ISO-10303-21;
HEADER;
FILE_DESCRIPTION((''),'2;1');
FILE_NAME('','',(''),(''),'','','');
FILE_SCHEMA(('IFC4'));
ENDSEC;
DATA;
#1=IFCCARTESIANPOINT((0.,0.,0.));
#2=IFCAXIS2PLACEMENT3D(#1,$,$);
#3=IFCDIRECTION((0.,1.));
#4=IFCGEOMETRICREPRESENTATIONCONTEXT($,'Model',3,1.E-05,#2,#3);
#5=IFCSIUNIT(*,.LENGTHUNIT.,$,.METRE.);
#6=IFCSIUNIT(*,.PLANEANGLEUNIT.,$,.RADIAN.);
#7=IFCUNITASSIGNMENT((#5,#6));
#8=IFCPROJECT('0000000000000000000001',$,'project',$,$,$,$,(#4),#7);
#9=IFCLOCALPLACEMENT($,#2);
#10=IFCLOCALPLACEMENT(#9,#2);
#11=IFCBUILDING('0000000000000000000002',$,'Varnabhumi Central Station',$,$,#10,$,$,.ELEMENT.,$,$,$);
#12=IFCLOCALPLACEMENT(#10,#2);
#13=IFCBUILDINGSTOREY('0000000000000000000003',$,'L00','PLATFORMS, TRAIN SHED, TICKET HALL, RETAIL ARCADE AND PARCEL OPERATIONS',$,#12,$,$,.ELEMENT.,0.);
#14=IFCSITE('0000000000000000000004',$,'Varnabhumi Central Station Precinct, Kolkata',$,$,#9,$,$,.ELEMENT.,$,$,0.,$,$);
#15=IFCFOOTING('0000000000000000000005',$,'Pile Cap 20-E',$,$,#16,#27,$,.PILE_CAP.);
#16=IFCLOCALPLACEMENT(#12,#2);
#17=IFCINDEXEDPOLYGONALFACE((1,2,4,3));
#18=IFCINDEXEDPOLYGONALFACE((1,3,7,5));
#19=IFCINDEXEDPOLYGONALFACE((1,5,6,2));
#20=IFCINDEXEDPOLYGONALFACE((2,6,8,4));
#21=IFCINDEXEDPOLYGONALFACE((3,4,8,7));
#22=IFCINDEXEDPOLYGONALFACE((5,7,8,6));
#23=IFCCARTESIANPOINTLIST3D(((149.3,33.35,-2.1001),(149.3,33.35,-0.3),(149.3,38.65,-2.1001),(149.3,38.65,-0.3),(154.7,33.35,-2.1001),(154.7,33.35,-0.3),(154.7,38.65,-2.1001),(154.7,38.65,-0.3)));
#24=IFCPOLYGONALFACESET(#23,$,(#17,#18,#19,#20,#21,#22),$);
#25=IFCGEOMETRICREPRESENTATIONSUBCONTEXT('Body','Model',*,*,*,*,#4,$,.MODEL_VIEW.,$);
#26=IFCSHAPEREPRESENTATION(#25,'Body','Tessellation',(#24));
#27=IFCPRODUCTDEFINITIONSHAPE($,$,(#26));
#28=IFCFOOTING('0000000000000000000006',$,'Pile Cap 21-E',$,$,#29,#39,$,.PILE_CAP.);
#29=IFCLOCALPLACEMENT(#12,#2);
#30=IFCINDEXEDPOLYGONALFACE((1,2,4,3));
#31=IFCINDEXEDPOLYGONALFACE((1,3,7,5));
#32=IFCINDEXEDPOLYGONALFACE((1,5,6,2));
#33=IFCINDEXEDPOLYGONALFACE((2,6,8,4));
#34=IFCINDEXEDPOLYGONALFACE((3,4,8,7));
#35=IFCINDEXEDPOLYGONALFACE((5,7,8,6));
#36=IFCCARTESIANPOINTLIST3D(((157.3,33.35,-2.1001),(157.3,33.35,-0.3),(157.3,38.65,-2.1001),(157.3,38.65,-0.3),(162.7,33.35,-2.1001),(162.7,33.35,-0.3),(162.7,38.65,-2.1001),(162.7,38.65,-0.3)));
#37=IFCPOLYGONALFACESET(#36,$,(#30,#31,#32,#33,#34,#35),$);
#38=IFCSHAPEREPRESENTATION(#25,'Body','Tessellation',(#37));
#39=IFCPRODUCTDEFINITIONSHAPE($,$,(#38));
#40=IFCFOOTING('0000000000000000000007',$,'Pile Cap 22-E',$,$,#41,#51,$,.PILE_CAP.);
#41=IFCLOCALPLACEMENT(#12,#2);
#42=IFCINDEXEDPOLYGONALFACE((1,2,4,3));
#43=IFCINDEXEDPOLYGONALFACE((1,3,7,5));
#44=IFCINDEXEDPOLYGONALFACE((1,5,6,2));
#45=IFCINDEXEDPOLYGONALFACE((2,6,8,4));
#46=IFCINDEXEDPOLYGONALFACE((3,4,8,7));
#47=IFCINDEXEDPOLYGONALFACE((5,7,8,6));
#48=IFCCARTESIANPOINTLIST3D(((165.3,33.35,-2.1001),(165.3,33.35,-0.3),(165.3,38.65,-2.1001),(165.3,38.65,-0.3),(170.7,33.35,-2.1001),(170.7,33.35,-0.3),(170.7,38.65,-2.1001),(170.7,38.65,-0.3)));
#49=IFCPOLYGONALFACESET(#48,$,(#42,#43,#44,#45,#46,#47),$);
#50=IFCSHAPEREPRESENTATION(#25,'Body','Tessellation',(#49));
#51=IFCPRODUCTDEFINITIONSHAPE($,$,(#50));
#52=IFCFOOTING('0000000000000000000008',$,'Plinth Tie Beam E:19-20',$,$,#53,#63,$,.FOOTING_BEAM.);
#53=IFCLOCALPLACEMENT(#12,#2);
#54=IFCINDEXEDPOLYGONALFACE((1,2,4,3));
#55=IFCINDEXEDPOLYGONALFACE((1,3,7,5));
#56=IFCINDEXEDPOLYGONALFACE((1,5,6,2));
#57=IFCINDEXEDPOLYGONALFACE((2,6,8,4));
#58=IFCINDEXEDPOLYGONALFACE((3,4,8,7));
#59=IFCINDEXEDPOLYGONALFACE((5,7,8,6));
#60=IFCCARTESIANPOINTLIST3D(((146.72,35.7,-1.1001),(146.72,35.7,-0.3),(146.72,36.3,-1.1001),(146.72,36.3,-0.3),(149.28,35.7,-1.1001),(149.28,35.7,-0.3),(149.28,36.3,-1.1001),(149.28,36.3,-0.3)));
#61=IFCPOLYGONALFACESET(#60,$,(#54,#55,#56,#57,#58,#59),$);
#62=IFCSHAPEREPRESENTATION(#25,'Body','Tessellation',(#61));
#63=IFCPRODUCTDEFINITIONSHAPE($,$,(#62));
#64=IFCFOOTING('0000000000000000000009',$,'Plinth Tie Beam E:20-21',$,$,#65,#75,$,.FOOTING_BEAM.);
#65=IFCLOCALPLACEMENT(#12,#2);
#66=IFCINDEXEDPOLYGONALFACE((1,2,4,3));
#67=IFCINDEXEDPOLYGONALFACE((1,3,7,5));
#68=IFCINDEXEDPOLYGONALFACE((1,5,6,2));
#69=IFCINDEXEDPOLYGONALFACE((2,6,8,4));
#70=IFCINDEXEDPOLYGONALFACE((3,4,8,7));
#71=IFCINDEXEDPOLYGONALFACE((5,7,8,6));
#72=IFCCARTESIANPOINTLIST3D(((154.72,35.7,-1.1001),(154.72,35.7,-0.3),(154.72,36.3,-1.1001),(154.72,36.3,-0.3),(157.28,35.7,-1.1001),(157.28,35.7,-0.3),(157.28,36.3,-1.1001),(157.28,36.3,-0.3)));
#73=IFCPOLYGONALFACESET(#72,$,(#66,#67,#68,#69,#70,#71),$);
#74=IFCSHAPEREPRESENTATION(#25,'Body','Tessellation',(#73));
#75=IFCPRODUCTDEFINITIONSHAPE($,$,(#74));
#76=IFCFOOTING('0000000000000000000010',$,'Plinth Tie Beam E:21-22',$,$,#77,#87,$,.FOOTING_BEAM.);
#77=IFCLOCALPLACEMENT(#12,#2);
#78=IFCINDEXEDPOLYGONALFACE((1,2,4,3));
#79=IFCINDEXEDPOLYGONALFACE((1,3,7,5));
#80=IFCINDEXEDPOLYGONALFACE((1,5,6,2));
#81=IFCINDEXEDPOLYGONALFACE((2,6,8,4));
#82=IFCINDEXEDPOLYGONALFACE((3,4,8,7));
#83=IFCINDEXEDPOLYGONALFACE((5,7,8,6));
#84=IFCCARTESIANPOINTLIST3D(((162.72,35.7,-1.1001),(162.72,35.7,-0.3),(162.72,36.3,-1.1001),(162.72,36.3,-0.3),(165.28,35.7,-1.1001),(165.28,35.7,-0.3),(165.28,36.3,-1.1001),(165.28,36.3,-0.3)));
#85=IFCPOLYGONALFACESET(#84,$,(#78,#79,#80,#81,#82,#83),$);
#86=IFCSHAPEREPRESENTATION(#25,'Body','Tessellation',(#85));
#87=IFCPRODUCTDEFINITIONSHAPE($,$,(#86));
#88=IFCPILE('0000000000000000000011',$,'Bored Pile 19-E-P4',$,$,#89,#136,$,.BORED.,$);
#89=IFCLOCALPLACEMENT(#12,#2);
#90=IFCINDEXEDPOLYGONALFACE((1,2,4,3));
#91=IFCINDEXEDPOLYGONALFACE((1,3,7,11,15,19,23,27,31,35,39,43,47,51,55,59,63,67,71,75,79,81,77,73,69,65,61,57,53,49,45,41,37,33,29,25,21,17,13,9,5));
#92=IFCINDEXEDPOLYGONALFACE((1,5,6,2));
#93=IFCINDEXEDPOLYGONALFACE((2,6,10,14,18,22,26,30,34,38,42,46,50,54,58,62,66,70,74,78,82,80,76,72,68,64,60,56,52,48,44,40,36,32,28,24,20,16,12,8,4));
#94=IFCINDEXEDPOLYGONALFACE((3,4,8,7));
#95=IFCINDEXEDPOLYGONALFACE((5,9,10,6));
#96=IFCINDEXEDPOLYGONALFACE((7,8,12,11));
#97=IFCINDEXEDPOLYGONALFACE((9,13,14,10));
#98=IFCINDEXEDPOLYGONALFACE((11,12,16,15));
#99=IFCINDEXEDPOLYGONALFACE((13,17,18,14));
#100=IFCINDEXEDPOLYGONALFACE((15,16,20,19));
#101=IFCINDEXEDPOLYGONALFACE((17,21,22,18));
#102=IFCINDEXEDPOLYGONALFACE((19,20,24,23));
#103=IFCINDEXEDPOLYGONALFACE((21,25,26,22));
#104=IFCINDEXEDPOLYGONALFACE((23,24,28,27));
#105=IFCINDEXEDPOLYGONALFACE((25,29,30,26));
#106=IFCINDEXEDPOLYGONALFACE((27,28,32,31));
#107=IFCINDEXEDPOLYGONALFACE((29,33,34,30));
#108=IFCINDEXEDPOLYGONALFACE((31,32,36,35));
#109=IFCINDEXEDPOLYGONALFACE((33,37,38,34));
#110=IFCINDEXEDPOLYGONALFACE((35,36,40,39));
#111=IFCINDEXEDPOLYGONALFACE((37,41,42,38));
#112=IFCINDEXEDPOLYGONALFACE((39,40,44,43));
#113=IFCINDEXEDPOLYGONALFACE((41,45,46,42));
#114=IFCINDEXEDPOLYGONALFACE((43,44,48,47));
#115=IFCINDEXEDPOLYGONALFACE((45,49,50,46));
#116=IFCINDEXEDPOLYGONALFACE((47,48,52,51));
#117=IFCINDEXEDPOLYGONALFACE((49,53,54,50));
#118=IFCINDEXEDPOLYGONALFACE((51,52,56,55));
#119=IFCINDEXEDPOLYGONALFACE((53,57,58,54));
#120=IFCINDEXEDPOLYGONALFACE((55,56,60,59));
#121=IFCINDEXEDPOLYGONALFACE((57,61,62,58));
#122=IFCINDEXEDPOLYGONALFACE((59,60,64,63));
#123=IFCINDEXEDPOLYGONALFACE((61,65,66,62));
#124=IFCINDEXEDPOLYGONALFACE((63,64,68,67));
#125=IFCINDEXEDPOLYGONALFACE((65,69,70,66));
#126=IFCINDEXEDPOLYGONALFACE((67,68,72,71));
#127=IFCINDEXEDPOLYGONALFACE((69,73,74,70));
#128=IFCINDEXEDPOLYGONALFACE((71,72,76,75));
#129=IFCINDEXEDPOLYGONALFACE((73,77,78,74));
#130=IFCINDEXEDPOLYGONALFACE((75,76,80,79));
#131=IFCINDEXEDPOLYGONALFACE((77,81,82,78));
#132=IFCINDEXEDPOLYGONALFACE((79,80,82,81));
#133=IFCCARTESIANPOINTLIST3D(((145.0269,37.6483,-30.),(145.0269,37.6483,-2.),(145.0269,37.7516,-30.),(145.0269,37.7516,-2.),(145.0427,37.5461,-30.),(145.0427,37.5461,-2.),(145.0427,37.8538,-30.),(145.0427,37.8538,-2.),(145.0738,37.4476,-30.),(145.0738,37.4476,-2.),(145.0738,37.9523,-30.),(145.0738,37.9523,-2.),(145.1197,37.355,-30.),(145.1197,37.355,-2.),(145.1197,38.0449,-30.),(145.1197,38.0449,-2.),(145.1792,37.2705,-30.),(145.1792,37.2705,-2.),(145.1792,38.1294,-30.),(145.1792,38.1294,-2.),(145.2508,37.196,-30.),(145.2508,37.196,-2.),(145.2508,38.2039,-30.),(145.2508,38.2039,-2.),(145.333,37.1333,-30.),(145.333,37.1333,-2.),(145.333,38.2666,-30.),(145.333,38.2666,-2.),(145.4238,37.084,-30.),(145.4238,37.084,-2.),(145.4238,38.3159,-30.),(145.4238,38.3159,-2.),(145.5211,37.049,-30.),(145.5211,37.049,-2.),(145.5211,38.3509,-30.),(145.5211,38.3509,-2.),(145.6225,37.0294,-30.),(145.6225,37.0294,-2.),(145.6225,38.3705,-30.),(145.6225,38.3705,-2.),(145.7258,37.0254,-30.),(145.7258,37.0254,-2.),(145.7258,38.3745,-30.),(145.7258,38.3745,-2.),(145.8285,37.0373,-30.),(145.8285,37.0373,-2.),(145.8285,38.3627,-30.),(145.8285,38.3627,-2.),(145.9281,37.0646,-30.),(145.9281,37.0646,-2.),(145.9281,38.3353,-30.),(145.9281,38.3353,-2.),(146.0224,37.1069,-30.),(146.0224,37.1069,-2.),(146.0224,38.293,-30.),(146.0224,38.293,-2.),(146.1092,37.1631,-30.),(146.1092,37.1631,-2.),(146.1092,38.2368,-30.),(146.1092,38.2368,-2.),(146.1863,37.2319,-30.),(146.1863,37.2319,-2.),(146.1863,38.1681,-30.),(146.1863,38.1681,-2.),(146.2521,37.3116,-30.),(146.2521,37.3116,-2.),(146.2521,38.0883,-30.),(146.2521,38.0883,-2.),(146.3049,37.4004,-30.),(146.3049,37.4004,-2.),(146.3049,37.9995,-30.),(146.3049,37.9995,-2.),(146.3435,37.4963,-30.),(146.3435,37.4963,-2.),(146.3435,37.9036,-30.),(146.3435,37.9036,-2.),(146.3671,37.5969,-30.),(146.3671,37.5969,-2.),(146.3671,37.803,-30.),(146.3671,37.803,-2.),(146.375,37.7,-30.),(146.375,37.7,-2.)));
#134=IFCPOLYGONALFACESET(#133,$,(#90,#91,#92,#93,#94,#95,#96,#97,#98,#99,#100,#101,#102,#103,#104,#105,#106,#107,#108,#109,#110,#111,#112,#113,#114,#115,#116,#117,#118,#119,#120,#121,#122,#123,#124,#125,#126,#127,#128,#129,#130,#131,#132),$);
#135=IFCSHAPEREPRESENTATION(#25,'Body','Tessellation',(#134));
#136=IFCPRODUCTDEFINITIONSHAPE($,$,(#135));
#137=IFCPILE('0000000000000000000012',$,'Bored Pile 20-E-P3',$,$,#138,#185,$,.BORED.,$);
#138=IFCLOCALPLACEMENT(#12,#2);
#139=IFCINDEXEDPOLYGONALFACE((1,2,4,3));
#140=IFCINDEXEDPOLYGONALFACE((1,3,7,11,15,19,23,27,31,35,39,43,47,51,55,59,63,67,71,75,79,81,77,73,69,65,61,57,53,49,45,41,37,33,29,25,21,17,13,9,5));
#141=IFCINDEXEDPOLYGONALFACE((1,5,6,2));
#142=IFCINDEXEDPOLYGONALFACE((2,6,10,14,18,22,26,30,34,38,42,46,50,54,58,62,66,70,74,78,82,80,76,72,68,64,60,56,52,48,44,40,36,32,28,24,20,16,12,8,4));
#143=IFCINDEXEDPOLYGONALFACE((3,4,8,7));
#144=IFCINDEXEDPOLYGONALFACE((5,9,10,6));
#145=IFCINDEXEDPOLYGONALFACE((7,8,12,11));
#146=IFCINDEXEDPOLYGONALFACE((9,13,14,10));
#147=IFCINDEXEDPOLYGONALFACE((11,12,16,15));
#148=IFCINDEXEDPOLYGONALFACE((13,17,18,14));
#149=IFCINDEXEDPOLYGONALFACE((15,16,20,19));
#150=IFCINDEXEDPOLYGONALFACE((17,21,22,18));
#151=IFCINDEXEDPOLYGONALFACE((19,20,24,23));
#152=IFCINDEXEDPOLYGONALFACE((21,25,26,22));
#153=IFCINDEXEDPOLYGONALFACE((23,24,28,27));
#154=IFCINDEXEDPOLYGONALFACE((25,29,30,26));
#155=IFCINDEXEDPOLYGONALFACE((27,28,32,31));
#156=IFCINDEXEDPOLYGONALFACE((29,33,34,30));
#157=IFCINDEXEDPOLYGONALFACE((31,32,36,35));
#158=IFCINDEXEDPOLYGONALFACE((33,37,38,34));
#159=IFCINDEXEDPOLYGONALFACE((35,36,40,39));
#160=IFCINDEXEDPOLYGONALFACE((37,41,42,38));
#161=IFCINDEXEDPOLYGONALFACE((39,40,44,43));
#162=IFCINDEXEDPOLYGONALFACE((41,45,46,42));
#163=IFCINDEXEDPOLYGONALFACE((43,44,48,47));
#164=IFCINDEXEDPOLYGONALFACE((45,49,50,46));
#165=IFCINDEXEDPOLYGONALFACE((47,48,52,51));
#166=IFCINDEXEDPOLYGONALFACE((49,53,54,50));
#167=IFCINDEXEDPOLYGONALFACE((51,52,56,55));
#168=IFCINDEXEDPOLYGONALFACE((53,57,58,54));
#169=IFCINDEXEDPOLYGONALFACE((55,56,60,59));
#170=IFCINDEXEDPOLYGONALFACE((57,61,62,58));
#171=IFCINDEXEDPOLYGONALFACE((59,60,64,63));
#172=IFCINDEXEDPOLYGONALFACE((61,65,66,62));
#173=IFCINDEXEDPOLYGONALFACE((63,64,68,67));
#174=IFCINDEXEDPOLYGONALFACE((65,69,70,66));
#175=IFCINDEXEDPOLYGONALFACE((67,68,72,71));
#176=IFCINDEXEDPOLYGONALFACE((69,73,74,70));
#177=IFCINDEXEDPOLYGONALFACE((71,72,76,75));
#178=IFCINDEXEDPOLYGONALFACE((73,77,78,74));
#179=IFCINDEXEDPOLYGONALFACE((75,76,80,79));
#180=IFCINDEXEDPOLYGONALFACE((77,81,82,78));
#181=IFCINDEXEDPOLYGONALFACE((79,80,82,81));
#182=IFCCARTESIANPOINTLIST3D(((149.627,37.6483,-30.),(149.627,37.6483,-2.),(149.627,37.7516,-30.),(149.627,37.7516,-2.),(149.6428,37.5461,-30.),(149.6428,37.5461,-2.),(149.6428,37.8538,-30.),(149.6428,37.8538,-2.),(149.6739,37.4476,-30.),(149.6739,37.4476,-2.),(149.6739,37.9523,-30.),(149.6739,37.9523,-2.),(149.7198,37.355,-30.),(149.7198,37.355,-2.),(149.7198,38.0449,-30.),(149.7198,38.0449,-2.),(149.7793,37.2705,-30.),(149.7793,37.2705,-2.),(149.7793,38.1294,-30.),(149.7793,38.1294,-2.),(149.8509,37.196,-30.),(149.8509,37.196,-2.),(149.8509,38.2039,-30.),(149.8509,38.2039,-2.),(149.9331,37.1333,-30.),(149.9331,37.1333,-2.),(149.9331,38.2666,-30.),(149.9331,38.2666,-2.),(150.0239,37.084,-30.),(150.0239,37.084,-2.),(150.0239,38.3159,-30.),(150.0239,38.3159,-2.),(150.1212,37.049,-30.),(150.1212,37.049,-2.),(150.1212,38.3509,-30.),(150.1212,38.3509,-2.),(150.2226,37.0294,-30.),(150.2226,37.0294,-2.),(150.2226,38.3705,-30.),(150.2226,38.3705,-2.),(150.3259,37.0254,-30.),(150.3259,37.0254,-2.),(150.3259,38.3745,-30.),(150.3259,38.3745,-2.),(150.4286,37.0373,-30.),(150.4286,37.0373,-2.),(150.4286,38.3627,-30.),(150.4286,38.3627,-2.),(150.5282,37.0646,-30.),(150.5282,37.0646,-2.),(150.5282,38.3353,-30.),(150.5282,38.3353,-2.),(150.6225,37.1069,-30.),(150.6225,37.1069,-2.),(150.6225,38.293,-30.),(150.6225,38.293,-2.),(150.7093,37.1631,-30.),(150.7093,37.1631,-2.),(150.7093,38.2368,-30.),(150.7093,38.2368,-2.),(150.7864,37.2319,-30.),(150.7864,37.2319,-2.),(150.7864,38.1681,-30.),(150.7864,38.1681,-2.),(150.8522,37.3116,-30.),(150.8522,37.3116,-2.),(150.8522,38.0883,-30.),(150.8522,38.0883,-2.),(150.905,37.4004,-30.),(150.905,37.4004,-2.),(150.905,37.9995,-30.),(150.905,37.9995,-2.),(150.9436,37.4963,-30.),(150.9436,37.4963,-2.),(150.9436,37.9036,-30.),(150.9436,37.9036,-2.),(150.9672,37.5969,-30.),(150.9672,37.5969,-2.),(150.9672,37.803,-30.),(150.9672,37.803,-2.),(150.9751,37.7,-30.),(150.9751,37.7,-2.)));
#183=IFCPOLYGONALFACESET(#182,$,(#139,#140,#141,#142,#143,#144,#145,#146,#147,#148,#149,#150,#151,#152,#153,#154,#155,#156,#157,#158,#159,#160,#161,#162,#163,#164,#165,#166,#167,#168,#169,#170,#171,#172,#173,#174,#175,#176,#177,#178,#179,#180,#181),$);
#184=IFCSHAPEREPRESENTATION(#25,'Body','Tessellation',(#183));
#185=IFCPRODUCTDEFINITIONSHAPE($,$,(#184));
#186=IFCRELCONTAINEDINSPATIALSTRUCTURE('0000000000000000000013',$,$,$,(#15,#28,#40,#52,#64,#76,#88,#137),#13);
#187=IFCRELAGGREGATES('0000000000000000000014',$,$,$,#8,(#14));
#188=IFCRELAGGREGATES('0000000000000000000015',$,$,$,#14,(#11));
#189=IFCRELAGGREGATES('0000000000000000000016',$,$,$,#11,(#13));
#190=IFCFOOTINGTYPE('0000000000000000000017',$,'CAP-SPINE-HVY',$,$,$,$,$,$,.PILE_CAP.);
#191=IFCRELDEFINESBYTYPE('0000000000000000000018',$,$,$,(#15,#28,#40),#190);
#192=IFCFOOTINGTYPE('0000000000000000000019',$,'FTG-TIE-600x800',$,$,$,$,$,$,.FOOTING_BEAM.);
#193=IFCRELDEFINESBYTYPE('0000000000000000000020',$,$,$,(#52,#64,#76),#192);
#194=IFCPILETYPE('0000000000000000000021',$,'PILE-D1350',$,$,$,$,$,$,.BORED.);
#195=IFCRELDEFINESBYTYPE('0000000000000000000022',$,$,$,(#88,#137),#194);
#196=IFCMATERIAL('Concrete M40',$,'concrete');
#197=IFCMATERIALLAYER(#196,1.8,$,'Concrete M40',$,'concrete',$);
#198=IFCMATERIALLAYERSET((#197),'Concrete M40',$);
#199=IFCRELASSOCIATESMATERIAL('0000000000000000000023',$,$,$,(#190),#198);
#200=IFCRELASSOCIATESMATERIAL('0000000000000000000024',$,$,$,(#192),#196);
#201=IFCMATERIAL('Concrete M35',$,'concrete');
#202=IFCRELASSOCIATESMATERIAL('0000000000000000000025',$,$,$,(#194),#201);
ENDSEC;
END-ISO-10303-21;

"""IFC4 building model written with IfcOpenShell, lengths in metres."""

from ifc_helpers import new_model, si_unit, direction, frame, origin, origin_2d, place, context, subcontext, project, spatial, rectangle, circle, extrude, material, layer, layer_set, material_profile, profile_set, type_object, element, save


model = new_model("IFC4")

# Units and contexts
model_context = context("Model", 3, precision=1e-05, world=origin(), true_north=direction((0.0, 1.0)))
body_context = subcontext(model_context, "Body", "Model", "MODEL_VIEW")
ifc_project = project(units=[si_unit("LENGTHUNIT", "METRE"), si_unit("PLANEANGLEUNIT", "RADIAN")], contexts=[model_context])

# Site, building, storey
site_placement = place(None, origin())
site = spatial("IfcSite", under=ifc_project, at=site_placement, Name="Varnabhumi Central Station Precinct, Kolkata", CompositionType="ELEMENT", RefElevation=0.0)
building_placement = place(site_placement, origin())
building = spatial("IfcBuilding", under=site, at=building_placement, Name="Varnabhumi Central Station", CompositionType="ELEMENT")
storey_placement = place(building_placement, origin())
storey = spatial("IfcBuildingStorey", under=building, at=storey_placement, Name="L00", Description="PLATFORMS, TRAIN SHED, TICKET HALL, RETAIL ARCADE AND PARCEL OPERATIONS", CompositionType="ELEMENT", Elevation=0.0)

# Footings
ifc_material_1 = material(Name="Concrete M40", Category="concrete")
ifc_layer_1 = layer(ifc_material_1, 1.8, Name="Concrete M40", Category="concrete")
ifc_layer_set_1 = layer_set([ifc_layer_1], Name="Concrete M40")
footing_type_1 = type_object("IfcFootingType", Name="CAP-SPINE-HVY", PredefinedType="PILE_CAP", material=ifc_layer_set_1)
for number, where, z_axis, x_axis, name in (
    (1, (152.0, 36.0, -2.1001), (0.0, 0.0, 1.0), (1.0, 0.0, 0.0), "Pile Cap 20-E"),
    (2, (160.0, 36.0, -2.1001), (0.0, 0.0, 1.0), (1.0, 0.0, 0.0), "Pile Cap 21-E"),
    (3, (168.0, 36.0, -2.1001), (0.0, 0.0, 1.0), (1.0, 0.0, 0.0), "Pile Cap 22-E"),
):
    element("IfcFooting", number, at=place(storey_placement, frame(where, z_axis=z_axis, x_axis=x_axis)), inside=storey, type_object=footing_type_1, Name=name, PredefinedType="PILE_CAP", context=body_context, shape_type="SweptSolid", body=[
        extrude(rectangle(XDim=5.3999, YDim=5.3, at=origin_2d()), origin(), (0.0, 0.0, 1.0), 1.8),
    ])
footing_type_2 = type_object("IfcFootingType", Name="FTG-TIE-600x800", PredefinedType="FOOTING_BEAM", material=ifc_material_1)
for number, where, z_axis, x_axis, name in (
    (4, (148.0, 36.0, -1.1001), (0.0, 0.0, 1.0), (1.0, 0.0, 0.0), "Plinth Tie Beam E:19-20"),
    (5, (156.0, 36.0, -1.1001), (0.0, 0.0, 1.0), (1.0, 0.0, 0.0), "Plinth Tie Beam E:20-21"),
    (6, (164.0, 36.0, -1.1001), (0.0, 0.0, 1.0), (1.0, 0.0, 0.0), "Plinth Tie Beam E:21-22"),
):
    element("IfcFooting", number, at=place(storey_placement, frame(where, z_axis=z_axis, x_axis=x_axis)), inside=storey, type_object=footing_type_2, Name=name, PredefinedType="FOOTING_BEAM", context=body_context, shape_type="SweptSolid", body=[
        extrude(rectangle(XDim=2.5601, YDim=0.6001, at=origin_2d()), origin(), (0.0, 0.0, 1.0), 0.8),
    ])

# Piles
ifc_material_2 = material(Name="Concrete M35", Category="concrete")
ifc_material_profile_1 = material_profile(ifc_material_2, circle(Radius=0.675, at=origin_2d()), Name="Concrete M35", Category="concrete")
ifc_profile_set_1 = profile_set([ifc_material_profile_1], Name="Concrete M35")
pile_type = type_object("IfcPileType", Name="PILE-D1350", PredefinedType="BORED", material=ifc_profile_set_1)
for number, where, z_axis, x_axis, name in (
    (7, (145.7, 37.7, -2.0), (0.0, 0.0, -1.0), (1.0, 0.0, 0.0), "Bored Pile 19-E-P4"),
    (8, (150.3, 37.7, -2.0), (0.0, 0.0, -1.0), (1.0, 0.0, 0.0), "Bored Pile 20-E-P3"),
):
    element("IfcPile", number, at=place(storey_placement, frame(where, z_axis=z_axis, x_axis=x_axis)), inside=storey, type_object=pile_type, Name=name, PredefinedType="BORED", context=body_context, shape_type="SweptSolid", body=[
        extrude(circle(Radius=0.675, at=origin_2d()), origin(), (0.0, 0.0, 1.0), 28.0),
    ])

save(model, "model.ifc")
